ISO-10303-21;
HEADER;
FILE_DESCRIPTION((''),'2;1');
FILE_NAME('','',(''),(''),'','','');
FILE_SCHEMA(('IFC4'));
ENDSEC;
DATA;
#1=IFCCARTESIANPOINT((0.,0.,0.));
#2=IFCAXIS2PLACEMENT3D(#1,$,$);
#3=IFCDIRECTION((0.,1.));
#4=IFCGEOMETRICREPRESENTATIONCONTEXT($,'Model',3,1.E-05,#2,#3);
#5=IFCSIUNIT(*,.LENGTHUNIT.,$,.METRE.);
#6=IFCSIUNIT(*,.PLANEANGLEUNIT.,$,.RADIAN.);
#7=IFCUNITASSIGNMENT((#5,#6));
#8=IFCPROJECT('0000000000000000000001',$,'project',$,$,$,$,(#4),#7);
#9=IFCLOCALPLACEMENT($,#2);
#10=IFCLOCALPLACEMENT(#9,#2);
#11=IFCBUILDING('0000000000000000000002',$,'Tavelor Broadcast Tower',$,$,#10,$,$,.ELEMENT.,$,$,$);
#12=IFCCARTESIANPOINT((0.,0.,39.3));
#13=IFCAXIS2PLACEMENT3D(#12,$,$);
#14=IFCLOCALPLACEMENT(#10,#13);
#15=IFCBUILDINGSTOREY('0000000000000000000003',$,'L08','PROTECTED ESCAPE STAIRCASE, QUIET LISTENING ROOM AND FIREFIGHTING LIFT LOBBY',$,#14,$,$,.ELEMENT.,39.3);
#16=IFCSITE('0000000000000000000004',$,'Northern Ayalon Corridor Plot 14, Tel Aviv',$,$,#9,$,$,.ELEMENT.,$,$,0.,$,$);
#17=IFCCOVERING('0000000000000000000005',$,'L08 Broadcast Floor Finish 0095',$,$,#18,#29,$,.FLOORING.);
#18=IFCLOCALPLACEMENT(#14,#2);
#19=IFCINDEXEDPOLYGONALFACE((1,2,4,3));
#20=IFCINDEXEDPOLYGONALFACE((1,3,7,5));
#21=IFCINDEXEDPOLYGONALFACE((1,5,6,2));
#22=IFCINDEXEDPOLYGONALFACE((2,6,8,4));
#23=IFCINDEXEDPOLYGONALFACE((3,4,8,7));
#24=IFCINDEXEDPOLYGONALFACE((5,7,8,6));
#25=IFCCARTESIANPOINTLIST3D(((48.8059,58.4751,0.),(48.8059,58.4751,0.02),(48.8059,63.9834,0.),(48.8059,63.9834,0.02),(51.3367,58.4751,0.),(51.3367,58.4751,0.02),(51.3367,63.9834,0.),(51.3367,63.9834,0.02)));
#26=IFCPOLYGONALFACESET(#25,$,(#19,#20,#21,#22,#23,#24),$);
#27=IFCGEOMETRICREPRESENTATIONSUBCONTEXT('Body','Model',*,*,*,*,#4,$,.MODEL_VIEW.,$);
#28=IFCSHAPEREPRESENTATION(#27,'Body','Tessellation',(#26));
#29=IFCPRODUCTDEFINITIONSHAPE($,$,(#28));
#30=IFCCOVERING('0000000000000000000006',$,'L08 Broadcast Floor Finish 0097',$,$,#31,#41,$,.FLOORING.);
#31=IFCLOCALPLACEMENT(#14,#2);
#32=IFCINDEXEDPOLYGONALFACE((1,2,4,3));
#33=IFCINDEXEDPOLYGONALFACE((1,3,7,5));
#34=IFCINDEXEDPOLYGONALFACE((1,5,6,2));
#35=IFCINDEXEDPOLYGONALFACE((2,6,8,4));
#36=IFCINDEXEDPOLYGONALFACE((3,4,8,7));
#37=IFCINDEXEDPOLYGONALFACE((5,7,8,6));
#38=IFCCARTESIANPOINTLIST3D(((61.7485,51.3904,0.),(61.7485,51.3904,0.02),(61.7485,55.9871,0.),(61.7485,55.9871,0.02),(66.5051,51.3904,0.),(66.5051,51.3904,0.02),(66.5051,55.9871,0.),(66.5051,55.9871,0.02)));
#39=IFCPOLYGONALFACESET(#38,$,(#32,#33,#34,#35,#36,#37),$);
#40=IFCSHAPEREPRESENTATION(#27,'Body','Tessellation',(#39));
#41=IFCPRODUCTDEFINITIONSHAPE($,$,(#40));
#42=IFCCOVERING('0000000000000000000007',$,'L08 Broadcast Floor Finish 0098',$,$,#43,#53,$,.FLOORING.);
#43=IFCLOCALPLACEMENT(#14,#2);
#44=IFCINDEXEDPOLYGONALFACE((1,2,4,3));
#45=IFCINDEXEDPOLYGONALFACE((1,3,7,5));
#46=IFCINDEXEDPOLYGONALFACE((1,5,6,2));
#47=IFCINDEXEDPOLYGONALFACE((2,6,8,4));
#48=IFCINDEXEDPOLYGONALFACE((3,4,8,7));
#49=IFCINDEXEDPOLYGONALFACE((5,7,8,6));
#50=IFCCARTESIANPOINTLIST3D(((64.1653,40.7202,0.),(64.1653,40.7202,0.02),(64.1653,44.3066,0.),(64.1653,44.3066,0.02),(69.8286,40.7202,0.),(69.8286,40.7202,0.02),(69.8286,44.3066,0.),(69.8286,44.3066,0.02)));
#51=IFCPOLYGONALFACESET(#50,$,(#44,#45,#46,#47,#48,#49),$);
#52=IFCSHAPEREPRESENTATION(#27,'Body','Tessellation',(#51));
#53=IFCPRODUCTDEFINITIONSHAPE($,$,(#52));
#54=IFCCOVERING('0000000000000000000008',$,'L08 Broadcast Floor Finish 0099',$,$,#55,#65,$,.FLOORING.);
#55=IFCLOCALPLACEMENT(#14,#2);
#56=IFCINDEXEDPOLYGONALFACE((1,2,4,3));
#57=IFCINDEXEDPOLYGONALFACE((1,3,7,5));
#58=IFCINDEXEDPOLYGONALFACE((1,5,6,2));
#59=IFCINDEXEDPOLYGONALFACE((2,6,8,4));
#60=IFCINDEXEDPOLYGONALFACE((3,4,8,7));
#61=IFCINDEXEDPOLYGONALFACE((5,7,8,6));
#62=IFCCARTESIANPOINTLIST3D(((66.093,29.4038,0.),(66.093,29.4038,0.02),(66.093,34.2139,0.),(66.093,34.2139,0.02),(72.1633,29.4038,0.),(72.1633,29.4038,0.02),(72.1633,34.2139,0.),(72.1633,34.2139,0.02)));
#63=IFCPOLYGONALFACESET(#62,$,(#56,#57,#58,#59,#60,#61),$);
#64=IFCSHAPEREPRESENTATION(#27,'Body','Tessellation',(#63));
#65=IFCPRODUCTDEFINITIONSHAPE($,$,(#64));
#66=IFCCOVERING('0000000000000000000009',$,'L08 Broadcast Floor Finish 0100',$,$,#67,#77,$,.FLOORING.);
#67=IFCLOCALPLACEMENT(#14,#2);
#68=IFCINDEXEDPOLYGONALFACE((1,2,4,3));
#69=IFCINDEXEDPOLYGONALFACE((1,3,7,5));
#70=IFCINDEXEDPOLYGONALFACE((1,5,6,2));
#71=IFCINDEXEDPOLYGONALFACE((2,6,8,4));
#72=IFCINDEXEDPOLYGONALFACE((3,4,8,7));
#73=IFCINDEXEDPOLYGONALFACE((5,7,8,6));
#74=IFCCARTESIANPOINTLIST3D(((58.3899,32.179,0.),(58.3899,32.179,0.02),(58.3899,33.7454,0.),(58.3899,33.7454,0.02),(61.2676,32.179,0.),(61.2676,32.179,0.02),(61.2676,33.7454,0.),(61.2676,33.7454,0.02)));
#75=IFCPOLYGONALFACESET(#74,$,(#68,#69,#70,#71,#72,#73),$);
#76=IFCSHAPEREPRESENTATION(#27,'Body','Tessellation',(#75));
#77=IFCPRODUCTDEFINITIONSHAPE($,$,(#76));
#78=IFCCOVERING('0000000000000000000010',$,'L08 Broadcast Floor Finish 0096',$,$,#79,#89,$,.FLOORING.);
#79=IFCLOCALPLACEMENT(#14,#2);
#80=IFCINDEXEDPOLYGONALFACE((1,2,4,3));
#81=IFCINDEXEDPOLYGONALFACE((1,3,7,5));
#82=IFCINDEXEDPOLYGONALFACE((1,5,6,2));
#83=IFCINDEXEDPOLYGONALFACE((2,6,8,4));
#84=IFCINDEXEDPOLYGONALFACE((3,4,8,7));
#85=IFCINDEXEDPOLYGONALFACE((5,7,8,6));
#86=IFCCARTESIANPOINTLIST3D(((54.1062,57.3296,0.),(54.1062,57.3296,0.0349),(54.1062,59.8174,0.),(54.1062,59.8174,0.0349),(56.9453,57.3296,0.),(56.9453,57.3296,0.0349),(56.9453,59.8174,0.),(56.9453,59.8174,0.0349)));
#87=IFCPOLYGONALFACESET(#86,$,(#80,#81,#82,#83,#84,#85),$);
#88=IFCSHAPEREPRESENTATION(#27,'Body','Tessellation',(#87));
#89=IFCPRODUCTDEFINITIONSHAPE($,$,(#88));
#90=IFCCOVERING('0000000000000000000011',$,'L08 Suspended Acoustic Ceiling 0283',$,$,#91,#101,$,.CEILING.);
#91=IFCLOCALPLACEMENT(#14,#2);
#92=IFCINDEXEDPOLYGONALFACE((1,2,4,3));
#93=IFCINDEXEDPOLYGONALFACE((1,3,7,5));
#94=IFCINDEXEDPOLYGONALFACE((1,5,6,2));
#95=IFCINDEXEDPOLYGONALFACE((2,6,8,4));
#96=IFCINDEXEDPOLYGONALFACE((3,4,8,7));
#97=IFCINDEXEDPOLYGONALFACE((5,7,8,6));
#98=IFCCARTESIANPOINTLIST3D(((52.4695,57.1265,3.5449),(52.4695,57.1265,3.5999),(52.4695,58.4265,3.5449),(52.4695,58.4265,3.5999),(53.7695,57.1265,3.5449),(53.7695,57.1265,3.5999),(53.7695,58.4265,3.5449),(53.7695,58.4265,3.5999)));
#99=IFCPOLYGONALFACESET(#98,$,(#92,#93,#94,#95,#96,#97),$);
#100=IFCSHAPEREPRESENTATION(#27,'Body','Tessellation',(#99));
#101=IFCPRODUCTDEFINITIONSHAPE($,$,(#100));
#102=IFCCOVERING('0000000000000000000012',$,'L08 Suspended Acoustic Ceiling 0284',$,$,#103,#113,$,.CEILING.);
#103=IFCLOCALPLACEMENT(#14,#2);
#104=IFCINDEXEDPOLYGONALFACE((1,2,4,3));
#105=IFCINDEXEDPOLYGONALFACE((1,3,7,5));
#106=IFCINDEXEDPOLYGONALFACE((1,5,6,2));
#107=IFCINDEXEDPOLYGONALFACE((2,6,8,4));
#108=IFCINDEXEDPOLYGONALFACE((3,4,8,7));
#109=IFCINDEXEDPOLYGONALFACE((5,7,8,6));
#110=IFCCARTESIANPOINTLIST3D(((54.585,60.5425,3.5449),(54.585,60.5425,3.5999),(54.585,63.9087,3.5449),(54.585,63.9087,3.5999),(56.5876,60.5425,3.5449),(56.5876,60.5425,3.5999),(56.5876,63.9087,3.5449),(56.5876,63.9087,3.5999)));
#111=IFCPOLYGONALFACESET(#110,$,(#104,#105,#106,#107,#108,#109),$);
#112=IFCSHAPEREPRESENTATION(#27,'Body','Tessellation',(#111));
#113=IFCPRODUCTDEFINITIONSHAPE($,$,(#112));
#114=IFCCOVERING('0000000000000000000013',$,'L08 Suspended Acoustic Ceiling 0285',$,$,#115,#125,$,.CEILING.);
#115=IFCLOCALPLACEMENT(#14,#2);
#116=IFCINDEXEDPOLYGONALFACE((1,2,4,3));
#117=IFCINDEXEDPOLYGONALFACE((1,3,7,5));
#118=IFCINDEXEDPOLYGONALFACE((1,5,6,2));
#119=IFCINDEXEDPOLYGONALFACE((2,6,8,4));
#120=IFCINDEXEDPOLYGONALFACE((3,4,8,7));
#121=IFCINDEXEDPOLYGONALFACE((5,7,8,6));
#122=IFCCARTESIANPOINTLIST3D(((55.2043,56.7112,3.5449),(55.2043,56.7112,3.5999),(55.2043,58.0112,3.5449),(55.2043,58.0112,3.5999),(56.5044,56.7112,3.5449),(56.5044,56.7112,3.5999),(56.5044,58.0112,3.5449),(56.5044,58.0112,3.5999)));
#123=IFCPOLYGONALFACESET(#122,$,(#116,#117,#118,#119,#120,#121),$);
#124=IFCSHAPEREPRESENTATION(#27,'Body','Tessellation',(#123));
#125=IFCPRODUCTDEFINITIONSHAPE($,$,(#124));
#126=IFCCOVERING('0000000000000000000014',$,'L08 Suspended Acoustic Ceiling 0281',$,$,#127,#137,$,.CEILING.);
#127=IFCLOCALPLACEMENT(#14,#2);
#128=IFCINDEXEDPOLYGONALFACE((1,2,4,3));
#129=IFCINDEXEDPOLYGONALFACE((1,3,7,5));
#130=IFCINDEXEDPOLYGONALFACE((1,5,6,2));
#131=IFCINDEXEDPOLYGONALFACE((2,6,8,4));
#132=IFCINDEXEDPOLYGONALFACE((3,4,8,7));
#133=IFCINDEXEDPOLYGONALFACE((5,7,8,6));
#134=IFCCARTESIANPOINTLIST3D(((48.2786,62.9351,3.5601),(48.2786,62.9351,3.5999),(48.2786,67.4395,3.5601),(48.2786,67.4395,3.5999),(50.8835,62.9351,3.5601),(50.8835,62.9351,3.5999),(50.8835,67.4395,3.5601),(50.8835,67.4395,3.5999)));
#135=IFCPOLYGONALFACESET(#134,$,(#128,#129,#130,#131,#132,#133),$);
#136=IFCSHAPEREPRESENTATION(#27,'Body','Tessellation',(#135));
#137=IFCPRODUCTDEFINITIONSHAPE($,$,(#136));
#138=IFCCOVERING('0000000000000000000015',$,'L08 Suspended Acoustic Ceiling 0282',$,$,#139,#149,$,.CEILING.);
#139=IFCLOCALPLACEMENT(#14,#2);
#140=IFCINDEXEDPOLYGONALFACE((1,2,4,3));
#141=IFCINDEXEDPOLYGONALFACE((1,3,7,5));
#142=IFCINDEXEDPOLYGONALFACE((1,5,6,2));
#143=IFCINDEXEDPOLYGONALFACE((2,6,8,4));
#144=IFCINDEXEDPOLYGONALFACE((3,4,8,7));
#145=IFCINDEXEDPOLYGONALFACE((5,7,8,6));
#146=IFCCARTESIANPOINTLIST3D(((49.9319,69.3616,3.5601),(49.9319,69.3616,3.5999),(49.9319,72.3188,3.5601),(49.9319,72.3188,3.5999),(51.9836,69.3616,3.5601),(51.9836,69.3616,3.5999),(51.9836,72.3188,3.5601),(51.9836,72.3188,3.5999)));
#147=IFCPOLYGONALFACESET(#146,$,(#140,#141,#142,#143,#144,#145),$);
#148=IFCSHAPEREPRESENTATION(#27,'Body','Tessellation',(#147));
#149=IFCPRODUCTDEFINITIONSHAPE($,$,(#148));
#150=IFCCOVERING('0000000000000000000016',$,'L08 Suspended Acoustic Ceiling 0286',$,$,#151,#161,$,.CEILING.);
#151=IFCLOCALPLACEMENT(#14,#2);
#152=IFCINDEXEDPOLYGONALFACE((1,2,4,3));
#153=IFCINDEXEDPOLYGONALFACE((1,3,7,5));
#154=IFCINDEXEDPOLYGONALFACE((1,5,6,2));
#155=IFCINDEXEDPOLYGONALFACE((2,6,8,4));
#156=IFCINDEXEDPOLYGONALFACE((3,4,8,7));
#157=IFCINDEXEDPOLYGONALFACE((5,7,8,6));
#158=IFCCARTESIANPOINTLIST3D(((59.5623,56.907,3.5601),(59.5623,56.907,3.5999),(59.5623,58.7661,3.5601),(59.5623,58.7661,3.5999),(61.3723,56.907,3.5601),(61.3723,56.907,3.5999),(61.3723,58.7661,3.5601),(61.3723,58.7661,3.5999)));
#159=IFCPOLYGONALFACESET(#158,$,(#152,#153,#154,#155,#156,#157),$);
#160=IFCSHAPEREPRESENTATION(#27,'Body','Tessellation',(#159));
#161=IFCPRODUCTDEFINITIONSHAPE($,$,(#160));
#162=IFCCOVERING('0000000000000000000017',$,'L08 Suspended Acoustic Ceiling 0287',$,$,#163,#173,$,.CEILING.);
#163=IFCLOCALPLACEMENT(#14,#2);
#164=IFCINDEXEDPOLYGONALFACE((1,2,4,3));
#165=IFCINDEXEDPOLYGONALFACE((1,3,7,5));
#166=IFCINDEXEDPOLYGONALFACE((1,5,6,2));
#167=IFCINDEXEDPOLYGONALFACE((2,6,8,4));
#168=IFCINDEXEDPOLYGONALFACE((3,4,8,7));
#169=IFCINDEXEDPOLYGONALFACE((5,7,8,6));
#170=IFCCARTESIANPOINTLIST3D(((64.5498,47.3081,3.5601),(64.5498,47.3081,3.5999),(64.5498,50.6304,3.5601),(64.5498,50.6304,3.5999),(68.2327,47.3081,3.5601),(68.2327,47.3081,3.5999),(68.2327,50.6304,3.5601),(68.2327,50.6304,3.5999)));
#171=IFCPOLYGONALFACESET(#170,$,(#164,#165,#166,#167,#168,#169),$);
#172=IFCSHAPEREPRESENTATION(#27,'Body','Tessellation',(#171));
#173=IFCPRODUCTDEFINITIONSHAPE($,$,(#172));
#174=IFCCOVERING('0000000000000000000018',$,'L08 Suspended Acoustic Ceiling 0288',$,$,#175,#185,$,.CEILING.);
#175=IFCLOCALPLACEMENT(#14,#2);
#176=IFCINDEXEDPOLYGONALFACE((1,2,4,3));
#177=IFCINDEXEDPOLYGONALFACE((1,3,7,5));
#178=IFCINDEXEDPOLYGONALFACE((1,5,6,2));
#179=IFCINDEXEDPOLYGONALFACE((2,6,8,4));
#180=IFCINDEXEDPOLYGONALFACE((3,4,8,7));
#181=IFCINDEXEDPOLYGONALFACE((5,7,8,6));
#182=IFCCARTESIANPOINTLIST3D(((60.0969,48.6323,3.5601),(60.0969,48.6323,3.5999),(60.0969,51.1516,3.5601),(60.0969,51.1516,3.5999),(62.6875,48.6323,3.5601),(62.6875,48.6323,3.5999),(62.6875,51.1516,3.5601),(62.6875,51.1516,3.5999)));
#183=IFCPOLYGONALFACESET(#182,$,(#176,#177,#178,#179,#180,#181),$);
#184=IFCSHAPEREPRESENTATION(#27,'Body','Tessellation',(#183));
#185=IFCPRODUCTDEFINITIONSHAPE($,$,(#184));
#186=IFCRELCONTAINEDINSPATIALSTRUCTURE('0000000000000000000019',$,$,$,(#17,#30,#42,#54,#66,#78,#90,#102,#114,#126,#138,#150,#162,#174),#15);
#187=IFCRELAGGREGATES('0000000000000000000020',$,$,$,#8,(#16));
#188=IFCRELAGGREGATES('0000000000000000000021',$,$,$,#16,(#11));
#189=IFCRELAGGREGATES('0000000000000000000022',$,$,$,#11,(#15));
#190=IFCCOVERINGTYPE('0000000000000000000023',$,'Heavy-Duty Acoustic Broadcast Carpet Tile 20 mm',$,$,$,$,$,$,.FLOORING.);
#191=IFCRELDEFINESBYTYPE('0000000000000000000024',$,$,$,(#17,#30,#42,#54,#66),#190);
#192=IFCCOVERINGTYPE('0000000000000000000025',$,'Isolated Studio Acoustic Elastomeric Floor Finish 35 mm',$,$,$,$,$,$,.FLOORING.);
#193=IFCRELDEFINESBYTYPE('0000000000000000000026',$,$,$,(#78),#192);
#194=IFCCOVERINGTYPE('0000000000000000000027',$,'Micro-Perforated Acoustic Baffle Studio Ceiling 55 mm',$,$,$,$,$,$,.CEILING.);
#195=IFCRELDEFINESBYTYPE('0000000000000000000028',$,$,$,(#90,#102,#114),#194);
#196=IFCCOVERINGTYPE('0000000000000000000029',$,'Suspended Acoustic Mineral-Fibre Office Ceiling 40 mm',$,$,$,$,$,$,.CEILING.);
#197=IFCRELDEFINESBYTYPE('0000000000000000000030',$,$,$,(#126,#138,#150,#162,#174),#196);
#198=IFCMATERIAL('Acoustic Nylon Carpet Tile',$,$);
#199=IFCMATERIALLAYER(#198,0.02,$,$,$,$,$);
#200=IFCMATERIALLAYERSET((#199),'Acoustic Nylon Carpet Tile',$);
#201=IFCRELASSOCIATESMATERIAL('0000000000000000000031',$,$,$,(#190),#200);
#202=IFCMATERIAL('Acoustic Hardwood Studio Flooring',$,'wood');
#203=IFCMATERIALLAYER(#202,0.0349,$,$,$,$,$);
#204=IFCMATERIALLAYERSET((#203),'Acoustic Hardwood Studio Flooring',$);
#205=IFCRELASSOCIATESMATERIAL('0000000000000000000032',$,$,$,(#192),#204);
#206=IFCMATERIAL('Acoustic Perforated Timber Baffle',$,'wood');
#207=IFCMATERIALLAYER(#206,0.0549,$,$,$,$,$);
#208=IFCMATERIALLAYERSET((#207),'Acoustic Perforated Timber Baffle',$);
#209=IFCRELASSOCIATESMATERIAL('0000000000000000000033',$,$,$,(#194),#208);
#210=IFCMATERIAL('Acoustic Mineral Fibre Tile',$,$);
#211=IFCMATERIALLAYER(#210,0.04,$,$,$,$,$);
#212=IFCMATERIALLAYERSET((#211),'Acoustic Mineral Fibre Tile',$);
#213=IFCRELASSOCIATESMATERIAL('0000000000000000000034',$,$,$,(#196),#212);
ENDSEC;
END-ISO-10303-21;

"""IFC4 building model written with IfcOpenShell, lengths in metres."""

from ifc_helpers import new_model, si_unit, direction, frame, origin, place, context, subcontext, project, spatial, polyline, outline, extrude, material, layer, layer_set, type_object, element, save


model = new_model("IFC4")

# Units and contexts
model_context = context("Model", 3, precision=1e-05, world=origin(), true_north=direction((0.0, 1.0)))
body_context = subcontext(model_context, "Body", "Model", "MODEL_VIEW")
ifc_project = project(units=[si_unit("LENGTHUNIT", "METRE"), si_unit("PLANEANGLEUNIT", "RADIAN")], contexts=[model_context])

# Site, building, storey
site_placement = place(None, origin())
site = spatial("IfcSite", under=ifc_project, at=site_placement, Name="Northern Ayalon Corridor Plot 14, Tel Aviv", CompositionType="ELEMENT", RefElevation=0.0)
building_placement = place(site_placement, origin())
building = spatial("IfcBuilding", under=site, at=building_placement, Name="Tavelor Broadcast Tower", CompositionType="ELEMENT")
storey_placement = place(building_placement, frame((0.0, 0.0, 39.3)))
storey = spatial("IfcBuildingStorey", under=building, at=storey_placement, Name="L08", Description="PROTECTED ESCAPE STAIRCASE, QUIET LISTENING ROOM AND FIREFIGHTING LIFT LOBBY", CompositionType="ELEMENT", Elevation=39.3)

# Coverings
ifc_material_1 = material(Name="Acoustic Nylon Carpet Tile")
ifc_layer_1 = layer(ifc_material_1, 0.02)
ifc_layer_set_1 = layer_set([ifc_layer_1], Name="Acoustic Nylon Carpet Tile")
covering_type_1 = type_object("IfcCoveringType", Name="Heavy-Duty Acoustic Broadcast Carpet Tile 20 mm", PredefinedType="FLOORING", material=ifc_layer_set_1)
covering_1_placement = place(storey_placement, origin())
element("IfcCovering", 1, at=covering_1_placement, inside=storey, type_object=covering_type_1, Name="L08 Broadcast Floor Finish 0095", PredefinedType="FLOORING", context=body_context, shape_type="SweptSolid", body=[
    extrude(outline(polyline([(48.8059, 58.4751), (51.3367, 58.4751), (51.3367, 63.9834), (48.8059, 63.9834), (48.8059, 58.4751)])), origin(), (0.0, 0.0, 1.0), 0.02),
])
covering_2_placement = place(storey_placement, origin())
element("IfcCovering", 2, at=covering_2_placement, inside=storey, type_object=covering_type_1, Name="L08 Broadcast Floor Finish 0097", PredefinedType="FLOORING", context=body_context, shape_type="SweptSolid", body=[
    extrude(outline(polyline([(61.7485, 51.3904), (66.5051, 51.3904), (66.5051, 55.9871), (61.7485, 55.9871), (61.7485, 51.3904)])), origin(), (0.0, 0.0, 1.0), 0.02),
])
covering_3_placement = place(storey_placement, origin())
element("IfcCovering", 3, at=covering_3_placement, inside=storey, type_object=covering_type_1, Name="L08 Broadcast Floor Finish 0098", PredefinedType="FLOORING", context=body_context, shape_type="SweptSolid", body=[
    extrude(outline(polyline([(64.1653, 40.7202), (69.8286, 40.7202), (69.8286, 44.3066), (64.1653, 44.3066), (64.1653, 40.7202)])), origin(), (0.0, 0.0, 1.0), 0.02),
])
covering_4_placement = place(storey_placement, origin())
element("IfcCovering", 4, at=covering_4_placement, inside=storey, type_object=covering_type_1, Name="L08 Broadcast Floor Finish 0099", PredefinedType="FLOORING", context=body_context, shape_type="SweptSolid", body=[
    extrude(outline(polyline([(66.093, 29.4038), (72.1633, 29.4038), (72.1633, 34.2139), (66.093, 34.2139), (66.093, 29.4038)])), origin(), (0.0, 0.0, 1.0), 0.02),
])
covering_5_placement = place(storey_placement, origin())
element("IfcCovering", 5, at=covering_5_placement, inside=storey, type_object=covering_type_1, Name="L08 Broadcast Floor Finish 0100", PredefinedType="FLOORING", context=body_context, shape_type="SweptSolid", body=[
    extrude(outline(polyline([(58.3899, 32.179), (61.2676, 32.179), (61.2676, 33.7454), (58.3899, 33.7454), (58.3899, 32.179)])), origin(), (0.0, 0.0, 1.0), 0.02),
])
ifc_material_2 = material(Name="Acoustic Hardwood Studio Flooring", Category="wood")
ifc_layer_2 = layer(ifc_material_2, 0.0349)
ifc_layer_set_2 = layer_set([ifc_layer_2], Name="Acoustic Hardwood Studio Flooring")
covering_type_2 = type_object("IfcCoveringType", Name="Isolated Studio Acoustic Elastomeric Floor Finish 35 mm", PredefinedType="FLOORING", material=ifc_layer_set_2)
covering_6_placement = place(storey_placement, origin())
element("IfcCovering", 6, at=covering_6_placement, inside=storey, type_object=covering_type_2, Name="L08 Broadcast Floor Finish 0096", PredefinedType="FLOORING", context=body_context, shape_type="SweptSolid", body=[
    extrude(outline(polyline([(54.1062, 57.3296), (56.9453, 57.3296), (56.9453, 59.8174), (54.1062, 59.8174), (54.1062, 57.3296)])), origin(), (0.0, 0.0, 1.0), 0.0349),
])
ifc_material_3 = material(Name="Acoustic Perforated Timber Baffle", Category="wood")
ifc_layer_3 = layer(ifc_material_3, 0.0549)
ifc_layer_set_3 = layer_set([ifc_layer_3], Name="Acoustic Perforated Timber Baffle")
covering_type_3 = type_object("IfcCoveringType", Name="Micro-Perforated Acoustic Baffle Studio Ceiling 55 mm", PredefinedType="CEILING", material=ifc_layer_set_3)
covering_7_placement = place(storey_placement, frame((0.0, 0.0, 3.5449)))
element("IfcCovering", 7, at=covering_7_placement, inside=storey, type_object=covering_type_3, Name="L08 Suspended Acoustic Ceiling 0283", PredefinedType="CEILING", context=body_context, shape_type="SweptSolid", body=[
    extrude(outline(polyline([(52.4695, 57.1265), (53.7695, 57.1265), (53.7695, 58.4265), (52.4695, 58.4265), (52.4695, 57.1265)])), origin(), (0.0, 0.0, 1.0), 0.0549),
])
covering_8_placement = place(storey_placement, frame((0.0, 0.0, 3.5449)))
element("IfcCovering", 8, at=covering_8_placement, inside=storey, type_object=covering_type_3, Name="L08 Suspended Acoustic Ceiling 0284", PredefinedType="CEILING", context=body_context, shape_type="SweptSolid", body=[
    extrude(outline(polyline([(54.585, 60.5425), (56.5876, 60.5425), (56.5876, 63.9087), (54.585, 63.9087), (54.585, 60.5425)])), origin(), (0.0, 0.0, 1.0), 0.0549),
])
covering_9_placement = place(storey_placement, frame((0.0, 0.0, 3.5449)))
element("IfcCovering", 9, at=covering_9_placement, inside=storey, type_object=covering_type_3, Name="L08 Suspended Acoustic Ceiling 0285", PredefinedType="CEILING", context=body_context, shape_type="SweptSolid", body=[
    extrude(outline(polyline([(55.2043, 56.7112), (56.5044, 56.7112), (56.5044, 58.0112), (55.2043, 58.0112), (55.2043, 56.7112)])), origin(), (0.0, 0.0, 1.0), 0.0549),
])
ifc_material_4 = material(Name="Acoustic Mineral Fibre Tile")
ifc_layer_4 = layer(ifc_material_4, 0.04)
ifc_layer_set_4 = layer_set([ifc_layer_4], Name="Acoustic Mineral Fibre Tile")
covering_type_4 = type_object("IfcCoveringType", Name="Suspended Acoustic Mineral-Fibre Office Ceiling 40 mm", PredefinedType="CEILING", material=ifc_layer_set_4)
covering_10_placement = place(storey_placement, frame((0.0, 0.0, 3.5601)))
element("IfcCovering", 10, at=covering_10_placement, inside=storey, type_object=covering_type_4, Name="L08 Suspended Acoustic Ceiling 0281", PredefinedType="CEILING", context=body_context, shape_type="SweptSolid", body=[
    extrude(outline(polyline([(48.2786, 62.9351), (50.8835, 62.9351), (50.8835, 67.4395), (48.2786, 67.4395), (48.2786, 62.9351)])), origin(), (0.0, 0.0, 1.0), 0.0398),
])
covering_11_placement = place(storey_placement, frame((0.0, 0.0, 3.5601)))
element("IfcCovering", 11, at=covering_11_placement, inside=storey, type_object=covering_type_4, Name="L08 Suspended Acoustic Ceiling 0282", PredefinedType="CEILING", context=body_context, shape_type="SweptSolid", body=[
    extrude(outline(polyline([(49.9319, 69.3616), (51.9836, 69.3616), (51.9836, 72.3188), (49.9319, 72.3188), (49.9319, 69.3616)])), origin(), (0.0, 0.0, 1.0), 0.0398),
])
covering_12_placement = place(storey_placement, frame((0.0, 0.0, 3.5601)))
element("IfcCovering", 12, at=covering_12_placement, inside=storey, type_object=covering_type_4, Name="L08 Suspended Acoustic Ceiling 0286", PredefinedType="CEILING", context=body_context, shape_type="SweptSolid", body=[
    extrude(outline(polyline([(59.5623, 56.907), (61.3723, 56.907), (61.3723, 58.7661), (59.5623, 58.7661), (59.5623, 56.907)])), origin(), (0.0, 0.0, 1.0), 0.0398),
])
covering_13_placement = place(storey_placement, frame((0.0, 0.0, 3.5601)))
element("IfcCovering", 13, at=covering_13_placement, inside=storey, type_object=covering_type_4, Name="L08 Suspended Acoustic Ceiling 0287", PredefinedType="CEILING", context=body_context, shape_type="SweptSolid", body=[
    extrude(outline(polyline([(64.5498, 47.3081), (68.2327, 47.3081), (68.2327, 50.6304), (64.5498, 50.6304), (64.5498, 47.3081)])), origin(), (0.0, 0.0, 1.0), 0.0398),
])
covering_14_placement = place(storey_placement, frame((0.0, 0.0, 3.5601)))
element("IfcCovering", 14, at=covering_14_placement, inside=storey, type_object=covering_type_4, Name="L08 Suspended Acoustic Ceiling 0288", PredefinedType="CEILING", context=body_context, shape_type="SweptSolid", body=[
    extrude(outline(polyline([(60.0969, 48.6323), (62.6875, 48.6323), (62.6875, 51.1516), (60.0969, 51.1516), (60.0969, 48.6323)])), origin(), (0.0, 0.0, 1.0), 0.0398),
])

save(model, "model.ifc")
